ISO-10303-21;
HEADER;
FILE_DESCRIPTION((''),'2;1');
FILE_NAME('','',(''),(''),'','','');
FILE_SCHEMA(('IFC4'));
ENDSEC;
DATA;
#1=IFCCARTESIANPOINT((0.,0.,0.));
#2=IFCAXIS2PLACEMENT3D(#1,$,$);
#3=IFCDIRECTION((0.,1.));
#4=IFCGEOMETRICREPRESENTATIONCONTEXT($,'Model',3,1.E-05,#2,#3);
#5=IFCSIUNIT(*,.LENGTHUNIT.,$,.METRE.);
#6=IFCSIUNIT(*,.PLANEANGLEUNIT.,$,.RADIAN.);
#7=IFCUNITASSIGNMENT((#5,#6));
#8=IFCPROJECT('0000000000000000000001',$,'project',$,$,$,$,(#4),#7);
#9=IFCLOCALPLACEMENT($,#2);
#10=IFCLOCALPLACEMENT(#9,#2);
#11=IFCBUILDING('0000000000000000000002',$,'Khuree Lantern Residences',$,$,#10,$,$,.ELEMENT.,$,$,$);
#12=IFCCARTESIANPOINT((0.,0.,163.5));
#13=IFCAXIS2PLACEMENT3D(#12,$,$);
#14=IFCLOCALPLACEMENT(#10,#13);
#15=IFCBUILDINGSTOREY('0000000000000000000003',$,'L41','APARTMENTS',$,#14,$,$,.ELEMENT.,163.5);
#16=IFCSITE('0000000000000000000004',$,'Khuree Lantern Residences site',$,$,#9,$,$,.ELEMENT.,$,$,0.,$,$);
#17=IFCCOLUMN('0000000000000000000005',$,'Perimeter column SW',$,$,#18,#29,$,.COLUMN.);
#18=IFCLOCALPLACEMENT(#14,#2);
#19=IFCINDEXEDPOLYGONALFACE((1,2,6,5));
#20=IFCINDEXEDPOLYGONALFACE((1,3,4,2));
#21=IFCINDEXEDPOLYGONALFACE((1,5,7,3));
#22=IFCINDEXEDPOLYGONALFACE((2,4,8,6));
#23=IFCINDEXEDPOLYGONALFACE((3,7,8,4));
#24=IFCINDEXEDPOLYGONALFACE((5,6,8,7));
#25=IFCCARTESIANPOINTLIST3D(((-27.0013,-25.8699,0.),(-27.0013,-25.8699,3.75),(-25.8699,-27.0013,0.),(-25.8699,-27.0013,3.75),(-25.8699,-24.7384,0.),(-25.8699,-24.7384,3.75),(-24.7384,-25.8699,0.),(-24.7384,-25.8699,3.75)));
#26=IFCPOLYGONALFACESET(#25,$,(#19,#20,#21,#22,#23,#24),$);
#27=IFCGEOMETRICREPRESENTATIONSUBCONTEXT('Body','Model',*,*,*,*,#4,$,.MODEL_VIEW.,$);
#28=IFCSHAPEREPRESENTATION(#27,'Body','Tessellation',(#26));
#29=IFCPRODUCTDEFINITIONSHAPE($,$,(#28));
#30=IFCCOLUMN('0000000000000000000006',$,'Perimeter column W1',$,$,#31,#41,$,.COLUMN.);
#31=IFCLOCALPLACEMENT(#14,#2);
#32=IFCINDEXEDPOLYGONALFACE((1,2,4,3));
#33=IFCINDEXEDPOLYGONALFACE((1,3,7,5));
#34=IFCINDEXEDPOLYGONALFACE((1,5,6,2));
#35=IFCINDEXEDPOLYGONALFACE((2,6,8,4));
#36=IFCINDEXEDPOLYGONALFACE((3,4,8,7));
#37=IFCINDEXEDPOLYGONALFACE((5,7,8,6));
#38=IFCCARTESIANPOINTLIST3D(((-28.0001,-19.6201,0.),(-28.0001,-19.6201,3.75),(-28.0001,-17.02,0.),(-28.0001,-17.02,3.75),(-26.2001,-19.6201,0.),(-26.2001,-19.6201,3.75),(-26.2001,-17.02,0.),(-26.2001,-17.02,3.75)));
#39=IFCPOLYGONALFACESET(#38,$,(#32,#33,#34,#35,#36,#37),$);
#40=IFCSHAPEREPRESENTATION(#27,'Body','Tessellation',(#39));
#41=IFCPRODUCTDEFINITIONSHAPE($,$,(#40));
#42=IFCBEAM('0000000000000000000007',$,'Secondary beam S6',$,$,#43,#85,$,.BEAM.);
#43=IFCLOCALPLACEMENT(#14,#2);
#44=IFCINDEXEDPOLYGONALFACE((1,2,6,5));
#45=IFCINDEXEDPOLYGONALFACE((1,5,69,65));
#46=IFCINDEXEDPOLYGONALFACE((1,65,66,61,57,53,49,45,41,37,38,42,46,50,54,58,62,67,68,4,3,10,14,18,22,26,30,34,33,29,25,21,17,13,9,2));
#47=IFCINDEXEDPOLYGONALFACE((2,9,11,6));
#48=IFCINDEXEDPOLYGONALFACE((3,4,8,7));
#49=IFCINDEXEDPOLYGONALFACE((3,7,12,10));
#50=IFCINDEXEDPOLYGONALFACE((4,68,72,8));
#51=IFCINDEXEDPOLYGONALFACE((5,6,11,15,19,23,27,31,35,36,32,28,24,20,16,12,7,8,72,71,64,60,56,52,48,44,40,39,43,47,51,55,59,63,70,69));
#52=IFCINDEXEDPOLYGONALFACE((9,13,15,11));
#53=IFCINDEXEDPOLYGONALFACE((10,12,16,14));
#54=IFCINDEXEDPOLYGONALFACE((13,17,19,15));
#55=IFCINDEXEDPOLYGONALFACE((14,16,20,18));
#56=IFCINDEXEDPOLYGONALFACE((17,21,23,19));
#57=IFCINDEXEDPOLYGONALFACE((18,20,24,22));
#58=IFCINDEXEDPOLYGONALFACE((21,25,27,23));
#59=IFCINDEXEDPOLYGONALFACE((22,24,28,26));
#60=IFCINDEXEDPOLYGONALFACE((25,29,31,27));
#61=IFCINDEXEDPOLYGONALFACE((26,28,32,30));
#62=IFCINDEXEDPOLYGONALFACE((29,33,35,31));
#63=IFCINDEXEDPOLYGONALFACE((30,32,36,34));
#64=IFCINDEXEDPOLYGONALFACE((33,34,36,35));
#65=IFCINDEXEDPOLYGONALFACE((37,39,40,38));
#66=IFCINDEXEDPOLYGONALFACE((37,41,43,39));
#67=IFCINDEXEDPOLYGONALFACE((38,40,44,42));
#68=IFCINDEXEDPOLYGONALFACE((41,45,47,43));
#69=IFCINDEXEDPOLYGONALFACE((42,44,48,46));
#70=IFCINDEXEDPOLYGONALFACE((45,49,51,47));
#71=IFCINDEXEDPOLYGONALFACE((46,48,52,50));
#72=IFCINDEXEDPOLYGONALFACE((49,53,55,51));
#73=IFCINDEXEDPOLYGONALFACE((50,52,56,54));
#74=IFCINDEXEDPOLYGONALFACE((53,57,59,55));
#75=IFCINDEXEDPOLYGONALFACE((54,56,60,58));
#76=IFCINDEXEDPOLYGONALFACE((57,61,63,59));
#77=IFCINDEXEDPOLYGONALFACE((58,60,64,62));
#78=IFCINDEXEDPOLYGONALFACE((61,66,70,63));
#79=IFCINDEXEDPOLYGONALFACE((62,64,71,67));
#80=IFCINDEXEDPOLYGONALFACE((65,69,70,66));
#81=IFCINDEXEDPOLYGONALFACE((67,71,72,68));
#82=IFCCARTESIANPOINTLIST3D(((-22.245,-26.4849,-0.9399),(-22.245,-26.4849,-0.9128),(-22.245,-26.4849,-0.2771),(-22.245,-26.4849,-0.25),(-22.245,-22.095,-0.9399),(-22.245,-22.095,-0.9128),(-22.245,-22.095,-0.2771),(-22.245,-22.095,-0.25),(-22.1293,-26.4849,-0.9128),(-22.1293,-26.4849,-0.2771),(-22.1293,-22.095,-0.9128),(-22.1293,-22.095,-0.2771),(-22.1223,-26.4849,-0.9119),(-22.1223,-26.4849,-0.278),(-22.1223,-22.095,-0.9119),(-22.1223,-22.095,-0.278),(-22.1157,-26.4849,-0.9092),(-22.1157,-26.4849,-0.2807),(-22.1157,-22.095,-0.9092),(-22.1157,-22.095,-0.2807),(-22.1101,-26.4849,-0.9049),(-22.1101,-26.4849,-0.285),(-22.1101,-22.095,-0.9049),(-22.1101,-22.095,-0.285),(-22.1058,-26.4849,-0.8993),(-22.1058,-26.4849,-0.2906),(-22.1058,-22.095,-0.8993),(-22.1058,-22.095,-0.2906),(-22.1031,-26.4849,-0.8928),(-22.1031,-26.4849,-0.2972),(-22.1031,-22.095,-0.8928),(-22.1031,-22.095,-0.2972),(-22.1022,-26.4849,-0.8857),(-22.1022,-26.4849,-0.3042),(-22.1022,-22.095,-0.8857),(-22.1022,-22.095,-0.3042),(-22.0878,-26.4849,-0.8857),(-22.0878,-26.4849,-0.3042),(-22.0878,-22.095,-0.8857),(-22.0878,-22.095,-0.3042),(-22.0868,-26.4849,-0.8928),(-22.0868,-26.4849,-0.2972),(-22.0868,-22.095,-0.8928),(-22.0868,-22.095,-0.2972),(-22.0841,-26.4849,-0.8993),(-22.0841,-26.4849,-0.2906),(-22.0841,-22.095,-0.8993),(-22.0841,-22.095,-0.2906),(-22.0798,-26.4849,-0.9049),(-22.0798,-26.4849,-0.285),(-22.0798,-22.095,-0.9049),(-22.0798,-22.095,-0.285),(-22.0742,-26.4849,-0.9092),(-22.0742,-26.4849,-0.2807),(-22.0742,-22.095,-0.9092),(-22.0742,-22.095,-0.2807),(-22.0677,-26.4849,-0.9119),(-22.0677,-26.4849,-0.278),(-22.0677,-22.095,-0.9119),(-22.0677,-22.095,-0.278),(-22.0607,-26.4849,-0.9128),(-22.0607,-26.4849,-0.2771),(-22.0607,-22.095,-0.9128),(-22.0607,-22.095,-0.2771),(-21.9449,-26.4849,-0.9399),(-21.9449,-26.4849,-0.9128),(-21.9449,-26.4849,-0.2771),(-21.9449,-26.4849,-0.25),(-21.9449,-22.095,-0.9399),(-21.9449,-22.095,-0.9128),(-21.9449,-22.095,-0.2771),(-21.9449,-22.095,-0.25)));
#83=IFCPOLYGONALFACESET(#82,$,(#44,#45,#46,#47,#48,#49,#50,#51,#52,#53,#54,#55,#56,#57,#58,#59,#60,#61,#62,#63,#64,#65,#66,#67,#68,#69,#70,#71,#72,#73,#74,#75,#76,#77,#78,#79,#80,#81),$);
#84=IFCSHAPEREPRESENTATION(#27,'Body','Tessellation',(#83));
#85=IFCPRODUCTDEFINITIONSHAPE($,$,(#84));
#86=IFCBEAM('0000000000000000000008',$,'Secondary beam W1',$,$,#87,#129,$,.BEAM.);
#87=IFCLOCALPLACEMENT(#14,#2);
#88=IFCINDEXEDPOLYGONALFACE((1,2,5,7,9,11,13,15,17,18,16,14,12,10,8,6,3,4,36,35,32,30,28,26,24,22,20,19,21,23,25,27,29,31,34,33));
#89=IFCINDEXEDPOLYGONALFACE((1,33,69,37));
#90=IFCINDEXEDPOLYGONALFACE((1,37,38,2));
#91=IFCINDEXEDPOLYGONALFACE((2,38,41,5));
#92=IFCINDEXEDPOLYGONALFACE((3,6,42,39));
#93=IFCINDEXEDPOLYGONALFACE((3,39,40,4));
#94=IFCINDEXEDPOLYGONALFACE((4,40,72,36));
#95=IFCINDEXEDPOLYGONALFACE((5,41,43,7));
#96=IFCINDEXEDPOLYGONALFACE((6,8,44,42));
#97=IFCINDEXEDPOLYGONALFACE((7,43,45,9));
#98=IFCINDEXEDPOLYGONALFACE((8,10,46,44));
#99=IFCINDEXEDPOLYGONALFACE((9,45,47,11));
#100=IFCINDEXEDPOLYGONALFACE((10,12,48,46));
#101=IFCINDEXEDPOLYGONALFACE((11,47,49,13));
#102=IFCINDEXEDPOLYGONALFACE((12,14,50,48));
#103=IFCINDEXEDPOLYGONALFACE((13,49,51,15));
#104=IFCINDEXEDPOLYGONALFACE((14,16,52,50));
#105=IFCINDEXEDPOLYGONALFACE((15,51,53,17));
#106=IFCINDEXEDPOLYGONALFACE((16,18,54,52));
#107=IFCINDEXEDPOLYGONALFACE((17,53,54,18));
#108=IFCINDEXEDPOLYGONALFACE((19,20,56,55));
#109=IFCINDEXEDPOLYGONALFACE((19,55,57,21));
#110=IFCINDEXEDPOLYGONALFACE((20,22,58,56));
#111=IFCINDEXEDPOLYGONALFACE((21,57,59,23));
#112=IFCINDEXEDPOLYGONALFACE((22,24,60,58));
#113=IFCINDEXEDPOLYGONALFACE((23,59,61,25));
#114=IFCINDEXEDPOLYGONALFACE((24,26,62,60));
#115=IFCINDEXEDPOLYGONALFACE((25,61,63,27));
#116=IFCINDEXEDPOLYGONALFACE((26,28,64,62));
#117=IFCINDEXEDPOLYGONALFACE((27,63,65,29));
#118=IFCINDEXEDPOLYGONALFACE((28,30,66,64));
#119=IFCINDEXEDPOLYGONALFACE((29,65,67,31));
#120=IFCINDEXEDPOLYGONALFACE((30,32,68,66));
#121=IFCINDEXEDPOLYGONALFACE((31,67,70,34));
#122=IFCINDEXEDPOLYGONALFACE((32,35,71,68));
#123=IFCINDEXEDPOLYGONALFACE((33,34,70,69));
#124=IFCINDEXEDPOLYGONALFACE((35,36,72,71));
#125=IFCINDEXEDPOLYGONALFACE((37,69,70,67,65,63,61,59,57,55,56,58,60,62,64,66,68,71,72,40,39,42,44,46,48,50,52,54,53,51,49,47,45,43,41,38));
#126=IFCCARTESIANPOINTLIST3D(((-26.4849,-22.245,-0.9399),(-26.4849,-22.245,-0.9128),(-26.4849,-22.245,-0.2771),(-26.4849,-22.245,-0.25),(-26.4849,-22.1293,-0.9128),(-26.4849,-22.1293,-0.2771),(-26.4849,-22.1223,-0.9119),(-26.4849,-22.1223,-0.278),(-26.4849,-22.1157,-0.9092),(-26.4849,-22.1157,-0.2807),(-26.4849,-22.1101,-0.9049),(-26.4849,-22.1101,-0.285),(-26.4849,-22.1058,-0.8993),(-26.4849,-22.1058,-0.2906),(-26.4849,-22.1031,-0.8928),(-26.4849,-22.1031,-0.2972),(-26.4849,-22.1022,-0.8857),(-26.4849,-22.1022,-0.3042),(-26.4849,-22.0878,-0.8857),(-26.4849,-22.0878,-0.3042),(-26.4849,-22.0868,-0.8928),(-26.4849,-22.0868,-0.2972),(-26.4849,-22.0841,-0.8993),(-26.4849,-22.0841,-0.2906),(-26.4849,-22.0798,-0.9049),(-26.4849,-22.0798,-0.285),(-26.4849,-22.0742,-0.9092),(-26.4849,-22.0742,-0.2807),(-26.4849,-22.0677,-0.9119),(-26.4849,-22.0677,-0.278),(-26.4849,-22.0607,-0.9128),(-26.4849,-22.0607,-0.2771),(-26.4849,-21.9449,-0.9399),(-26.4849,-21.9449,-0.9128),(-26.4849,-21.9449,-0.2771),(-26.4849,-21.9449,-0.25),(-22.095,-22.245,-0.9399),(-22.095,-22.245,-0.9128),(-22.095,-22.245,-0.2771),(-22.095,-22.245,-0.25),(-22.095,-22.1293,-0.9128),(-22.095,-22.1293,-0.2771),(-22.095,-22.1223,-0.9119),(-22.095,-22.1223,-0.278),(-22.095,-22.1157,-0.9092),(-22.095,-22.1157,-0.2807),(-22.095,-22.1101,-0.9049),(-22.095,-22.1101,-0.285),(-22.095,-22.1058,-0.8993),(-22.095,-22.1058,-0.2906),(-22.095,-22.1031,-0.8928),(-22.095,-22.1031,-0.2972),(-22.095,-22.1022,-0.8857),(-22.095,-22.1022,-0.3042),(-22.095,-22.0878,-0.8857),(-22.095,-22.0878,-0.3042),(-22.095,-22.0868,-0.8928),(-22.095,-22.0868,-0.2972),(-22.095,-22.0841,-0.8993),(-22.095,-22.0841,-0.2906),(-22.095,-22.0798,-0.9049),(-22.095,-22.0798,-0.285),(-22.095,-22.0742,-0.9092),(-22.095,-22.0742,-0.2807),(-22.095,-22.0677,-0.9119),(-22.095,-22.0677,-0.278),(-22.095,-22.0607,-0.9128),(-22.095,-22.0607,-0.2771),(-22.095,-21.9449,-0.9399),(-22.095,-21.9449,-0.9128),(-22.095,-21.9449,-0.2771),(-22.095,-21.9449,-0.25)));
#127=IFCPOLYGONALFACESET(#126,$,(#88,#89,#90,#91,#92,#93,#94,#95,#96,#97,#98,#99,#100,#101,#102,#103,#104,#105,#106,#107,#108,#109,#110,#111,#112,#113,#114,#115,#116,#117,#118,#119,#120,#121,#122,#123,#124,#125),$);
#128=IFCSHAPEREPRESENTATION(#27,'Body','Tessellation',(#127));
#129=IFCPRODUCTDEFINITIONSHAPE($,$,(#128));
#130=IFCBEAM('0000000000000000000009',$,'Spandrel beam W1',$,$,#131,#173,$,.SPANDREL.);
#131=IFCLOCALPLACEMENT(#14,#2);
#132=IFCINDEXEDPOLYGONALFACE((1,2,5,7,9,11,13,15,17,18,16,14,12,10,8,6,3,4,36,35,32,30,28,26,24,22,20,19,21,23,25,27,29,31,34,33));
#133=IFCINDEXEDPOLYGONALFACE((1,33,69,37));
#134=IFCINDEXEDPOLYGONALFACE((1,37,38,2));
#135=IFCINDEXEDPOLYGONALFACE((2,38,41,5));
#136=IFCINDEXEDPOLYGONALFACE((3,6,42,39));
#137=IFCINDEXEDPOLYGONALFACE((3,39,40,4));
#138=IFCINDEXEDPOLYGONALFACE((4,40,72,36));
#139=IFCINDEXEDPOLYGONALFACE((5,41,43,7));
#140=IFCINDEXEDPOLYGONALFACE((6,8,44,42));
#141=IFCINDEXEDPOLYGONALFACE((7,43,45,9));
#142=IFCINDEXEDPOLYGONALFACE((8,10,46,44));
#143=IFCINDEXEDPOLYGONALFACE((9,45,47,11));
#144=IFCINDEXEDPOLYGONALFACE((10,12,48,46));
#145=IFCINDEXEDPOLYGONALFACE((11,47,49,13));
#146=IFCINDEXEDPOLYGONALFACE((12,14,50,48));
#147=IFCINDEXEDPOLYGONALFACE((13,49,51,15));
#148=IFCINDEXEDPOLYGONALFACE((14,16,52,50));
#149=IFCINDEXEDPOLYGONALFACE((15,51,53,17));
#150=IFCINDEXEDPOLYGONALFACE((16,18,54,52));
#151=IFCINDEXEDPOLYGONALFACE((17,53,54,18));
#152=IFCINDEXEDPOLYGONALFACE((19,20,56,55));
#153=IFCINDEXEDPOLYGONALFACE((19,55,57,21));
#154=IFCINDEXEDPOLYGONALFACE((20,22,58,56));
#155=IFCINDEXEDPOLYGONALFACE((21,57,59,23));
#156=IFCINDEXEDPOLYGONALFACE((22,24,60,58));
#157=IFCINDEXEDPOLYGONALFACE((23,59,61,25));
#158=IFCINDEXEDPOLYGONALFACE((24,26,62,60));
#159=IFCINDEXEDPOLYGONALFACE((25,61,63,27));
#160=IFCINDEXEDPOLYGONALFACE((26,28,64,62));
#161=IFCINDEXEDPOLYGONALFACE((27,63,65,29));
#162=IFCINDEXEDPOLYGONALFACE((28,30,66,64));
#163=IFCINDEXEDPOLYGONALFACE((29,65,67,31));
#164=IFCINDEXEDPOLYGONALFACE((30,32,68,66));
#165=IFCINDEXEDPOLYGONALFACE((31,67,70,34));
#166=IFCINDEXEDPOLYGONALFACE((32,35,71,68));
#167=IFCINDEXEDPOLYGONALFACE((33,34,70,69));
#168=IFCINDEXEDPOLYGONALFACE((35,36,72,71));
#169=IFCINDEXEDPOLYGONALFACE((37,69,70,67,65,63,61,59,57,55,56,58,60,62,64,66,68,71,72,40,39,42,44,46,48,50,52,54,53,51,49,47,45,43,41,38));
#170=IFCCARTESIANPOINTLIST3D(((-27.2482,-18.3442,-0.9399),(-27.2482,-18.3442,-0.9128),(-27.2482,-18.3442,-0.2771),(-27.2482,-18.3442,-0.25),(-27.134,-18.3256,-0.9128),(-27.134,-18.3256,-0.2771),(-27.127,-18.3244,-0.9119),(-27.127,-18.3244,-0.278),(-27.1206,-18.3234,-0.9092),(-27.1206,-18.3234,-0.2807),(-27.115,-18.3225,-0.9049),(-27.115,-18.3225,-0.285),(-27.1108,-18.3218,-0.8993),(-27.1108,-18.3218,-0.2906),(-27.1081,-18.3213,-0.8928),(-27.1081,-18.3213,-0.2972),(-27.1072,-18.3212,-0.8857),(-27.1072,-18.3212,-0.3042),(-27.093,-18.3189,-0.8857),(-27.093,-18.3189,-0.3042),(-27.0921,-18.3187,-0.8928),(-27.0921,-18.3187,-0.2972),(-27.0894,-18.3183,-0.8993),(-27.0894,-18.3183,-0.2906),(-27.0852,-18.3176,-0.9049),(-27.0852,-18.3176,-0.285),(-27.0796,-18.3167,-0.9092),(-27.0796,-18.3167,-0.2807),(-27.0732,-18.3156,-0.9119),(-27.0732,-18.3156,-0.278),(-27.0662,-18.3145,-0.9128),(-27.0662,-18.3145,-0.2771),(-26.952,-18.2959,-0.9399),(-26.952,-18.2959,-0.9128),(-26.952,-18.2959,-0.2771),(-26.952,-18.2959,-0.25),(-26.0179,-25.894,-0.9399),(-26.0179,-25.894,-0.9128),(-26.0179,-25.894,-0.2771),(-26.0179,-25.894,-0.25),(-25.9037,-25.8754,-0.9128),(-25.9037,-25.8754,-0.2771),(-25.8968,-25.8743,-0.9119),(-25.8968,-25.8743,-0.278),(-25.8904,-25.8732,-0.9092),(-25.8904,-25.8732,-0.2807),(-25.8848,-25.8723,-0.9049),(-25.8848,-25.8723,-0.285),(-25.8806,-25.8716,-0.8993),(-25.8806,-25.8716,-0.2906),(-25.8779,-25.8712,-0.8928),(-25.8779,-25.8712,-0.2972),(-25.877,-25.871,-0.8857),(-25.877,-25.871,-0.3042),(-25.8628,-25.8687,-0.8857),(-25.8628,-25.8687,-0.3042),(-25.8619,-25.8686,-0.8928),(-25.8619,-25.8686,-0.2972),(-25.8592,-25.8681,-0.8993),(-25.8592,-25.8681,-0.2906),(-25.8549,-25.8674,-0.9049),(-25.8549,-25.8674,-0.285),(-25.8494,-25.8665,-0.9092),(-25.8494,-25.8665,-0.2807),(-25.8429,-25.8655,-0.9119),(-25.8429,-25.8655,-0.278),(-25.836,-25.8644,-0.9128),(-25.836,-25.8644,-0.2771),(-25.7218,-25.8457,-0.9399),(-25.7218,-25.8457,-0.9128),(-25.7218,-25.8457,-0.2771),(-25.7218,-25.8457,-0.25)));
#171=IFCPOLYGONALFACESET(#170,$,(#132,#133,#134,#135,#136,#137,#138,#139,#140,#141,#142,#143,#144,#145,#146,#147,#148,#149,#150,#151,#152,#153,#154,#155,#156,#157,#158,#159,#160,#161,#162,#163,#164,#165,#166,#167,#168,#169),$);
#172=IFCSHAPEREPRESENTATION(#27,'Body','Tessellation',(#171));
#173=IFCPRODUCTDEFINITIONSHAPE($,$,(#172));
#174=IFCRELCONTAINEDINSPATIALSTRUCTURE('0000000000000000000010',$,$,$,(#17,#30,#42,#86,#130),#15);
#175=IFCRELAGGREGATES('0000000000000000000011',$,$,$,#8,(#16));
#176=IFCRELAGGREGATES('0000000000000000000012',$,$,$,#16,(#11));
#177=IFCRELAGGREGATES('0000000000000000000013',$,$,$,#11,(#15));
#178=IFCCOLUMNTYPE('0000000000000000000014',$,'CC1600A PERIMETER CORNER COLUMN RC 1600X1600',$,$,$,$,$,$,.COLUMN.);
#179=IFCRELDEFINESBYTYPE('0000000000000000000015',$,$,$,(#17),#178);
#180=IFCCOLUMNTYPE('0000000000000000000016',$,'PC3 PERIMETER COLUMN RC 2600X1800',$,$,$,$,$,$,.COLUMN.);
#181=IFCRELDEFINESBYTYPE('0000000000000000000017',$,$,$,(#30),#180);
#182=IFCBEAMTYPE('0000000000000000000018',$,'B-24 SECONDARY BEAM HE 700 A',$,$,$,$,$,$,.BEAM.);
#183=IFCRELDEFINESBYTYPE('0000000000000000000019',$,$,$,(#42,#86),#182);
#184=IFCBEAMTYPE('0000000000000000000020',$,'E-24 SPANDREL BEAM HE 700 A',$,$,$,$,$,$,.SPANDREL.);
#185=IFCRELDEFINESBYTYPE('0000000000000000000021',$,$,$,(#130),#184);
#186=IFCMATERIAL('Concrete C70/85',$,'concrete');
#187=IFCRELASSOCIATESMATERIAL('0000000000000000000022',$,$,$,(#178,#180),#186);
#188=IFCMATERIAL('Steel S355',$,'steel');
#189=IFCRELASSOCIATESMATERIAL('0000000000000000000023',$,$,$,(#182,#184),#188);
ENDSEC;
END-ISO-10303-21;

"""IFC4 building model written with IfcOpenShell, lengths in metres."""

from ifc_helpers import new_model, si_unit, direction, frame, origin, origin_2d, place, context, subcontext, project, spatial, rectangle, i_section, extrude, material, material_profile, profile_set, type_object, element, save


model = new_model("IFC4")

# Units and contexts
model_context = context("Model", 3, precision=1e-05, world=origin(), true_north=direction((0.0, 1.0)))
body_context = subcontext(model_context, "Body", "Model", "MODEL_VIEW")
ifc_project = project(units=[si_unit("LENGTHUNIT", "METRE"), si_unit("PLANEANGLEUNIT", "RADIAN")], contexts=[model_context])

# Site, building, storey
site_placement = place(None, origin())
site = spatial("IfcSite", under=ifc_project, at=site_placement, Name="Khuree Lantern Residences site", CompositionType="ELEMENT", RefElevation=0.0)
building_placement = place(site_placement, origin())
building = spatial("IfcBuilding", under=site, at=building_placement, Name="Khuree Lantern Residences", CompositionType="ELEMENT")
storey_placement = place(building_placement, frame((0.0, 0.0, 163.5)))
storey = spatial("IfcBuildingStorey", under=building, at=storey_placement, Name="L41", Description="APARTMENTS", CompositionType="ELEMENT", Elevation=163.5)

# Columns
ifc_material_1 = material(Name="Concrete C70/85", Category="concrete")
ifc_material_profile_1 = material_profile(ifc_material_1, rectangle(XDim=1.6001, YDim=1.6001, at=origin_2d()), Name="RC 1600X1600")
ifc_profile_set_1 = profile_set([ifc_material_profile_1], Name="Concrete C70/85")
column_type_1 = type_object("IfcColumnType", Name="CC1600A PERIMETER CORNER COLUMN RC 1600X1600", PredefinedType="COLUMN", material=ifc_profile_set_1)
column_1_placement = place(storey_placement, frame((-25.8699, -25.8699, 0.0), z_axis=(0.0, 0.0, 1.0), x_axis=(0.707107, -0.707107, 0.0)))
element("IfcColumn", 1, at=column_1_placement, inside=storey, type_object=column_type_1, Name="Perimeter column SW", PredefinedType="COLUMN", context=body_context, shape_type="SweptSolid", body=[
    extrude(rectangle(XDim=1.6001, YDim=1.6001, at=origin_2d()), origin(), (0.0, 0.0, 1.0), 3.75),
])
ifc_material_profile_2 = material_profile(ifc_material_1, rectangle(XDim=2.6001, YDim=1.8, at=origin_2d()), Name="RC 2600X1800")
ifc_profile_set_2 = profile_set([ifc_material_profile_2], Name="Concrete C70/85")
column_type_2 = type_object("IfcColumnType", Name="PC3 PERIMETER COLUMN RC 2600X1800", PredefinedType="COLUMN", material=ifc_profile_set_2)
column_2_placement = place(storey_placement, frame((-27.1001, -18.3201, 0.0), z_axis=(0.0, 0.0, 1.0), x_axis=(0.0, 1.0, 0.0)))
element("IfcColumn", 2, at=column_2_placement, inside=storey, type_object=column_type_2, Name="Perimeter column W1", PredefinedType="COLUMN", context=body_context, shape_type="SweptSolid", body=[
    extrude(rectangle(XDim=2.6001, YDim=1.8, at=origin_2d()), origin(), (0.0, 0.0, 1.0), 3.75),
])

# Beams
ifc_material_2 = material(Name="Steel S355", Category="steel")
ifc_material_profile_3 = material_profile(ifc_material_2, i_section(OverallWidth=0.3, OverallDepth=0.6899, WebThickness=0.0144, FlangeThickness=0.0271, FilletRadius=0.0271, at=origin_2d()), Name="HE 700 A")
ifc_profile_set_3 = profile_set([ifc_material_profile_3], Name="Steel S355")
beam_type_1 = type_object("IfcBeamType", Name="B-24 SECONDARY BEAM HE 700 A", PredefinedType="BEAM", material=ifc_profile_set_3)
for number, where, z_axis, x_axis, name in (
    (3, (-22.095, -26.4849, -0.595), (0.0, 1.0, 0.0), (-1.0, 0.0, 0.0), "Secondary beam S6"),
    (4, (-26.4849, -22.095, -0.595), (1.0, 0.0, 0.0), (0.0, 1.0, 0.0), "Secondary beam W1"),
):
    element("IfcBeam", number, at=place(storey_placement, frame(where, z_axis=z_axis, x_axis=x_axis)), inside=storey, type_object=beam_type_1, Name=name, PredefinedType="BEAM", context=body_context, shape_type="SweptSolid", body=[
        extrude(i_section(OverallWidth=0.3, OverallDepth=0.6899, WebThickness=0.0144, FlangeThickness=0.0271, FilletRadius=0.0271, at=origin_2d()), origin(), (0.0, 0.0, 1.0), 4.3899),
    ])
ifc_material_profile_4 = material_profile(ifc_material_2, i_section(OverallWidth=0.3, OverallDepth=0.6899, WebThickness=0.0144, FlangeThickness=0.0271, FilletRadius=0.0271, at=origin_2d()), Name="HE 700 A")
ifc_profile_set_4 = profile_set([ifc_material_profile_4], Name="Steel S355")
beam_type_2 = type_object("IfcBeamType", Name="E-24 SPANDREL BEAM HE 700 A", PredefinedType="SPANDREL", material=ifc_profile_set_4)
beam_1_placement = place(storey_placement, frame((-25.8699, -25.8699, -0.595), z_axis=(-0.160827, 0.986983, 0.0), x_axis=(-0.986983, -0.160827, 0.0)))
element("IfcBeam", 5, at=beam_1_placement, inside=storey, type_object=beam_type_2, Name="Spandrel beam W1", PredefinedType="SPANDREL", context=body_context, shape_type="SweptSolid", body=[
    extrude(i_section(OverallWidth=0.3, OverallDepth=0.6899, WebThickness=0.0144, FlangeThickness=0.0271, FilletRadius=0.0271, at=origin_2d()), origin(), (0.0, 0.0, 1.0), 7.6494),
])

save(model, "model.ifc")
